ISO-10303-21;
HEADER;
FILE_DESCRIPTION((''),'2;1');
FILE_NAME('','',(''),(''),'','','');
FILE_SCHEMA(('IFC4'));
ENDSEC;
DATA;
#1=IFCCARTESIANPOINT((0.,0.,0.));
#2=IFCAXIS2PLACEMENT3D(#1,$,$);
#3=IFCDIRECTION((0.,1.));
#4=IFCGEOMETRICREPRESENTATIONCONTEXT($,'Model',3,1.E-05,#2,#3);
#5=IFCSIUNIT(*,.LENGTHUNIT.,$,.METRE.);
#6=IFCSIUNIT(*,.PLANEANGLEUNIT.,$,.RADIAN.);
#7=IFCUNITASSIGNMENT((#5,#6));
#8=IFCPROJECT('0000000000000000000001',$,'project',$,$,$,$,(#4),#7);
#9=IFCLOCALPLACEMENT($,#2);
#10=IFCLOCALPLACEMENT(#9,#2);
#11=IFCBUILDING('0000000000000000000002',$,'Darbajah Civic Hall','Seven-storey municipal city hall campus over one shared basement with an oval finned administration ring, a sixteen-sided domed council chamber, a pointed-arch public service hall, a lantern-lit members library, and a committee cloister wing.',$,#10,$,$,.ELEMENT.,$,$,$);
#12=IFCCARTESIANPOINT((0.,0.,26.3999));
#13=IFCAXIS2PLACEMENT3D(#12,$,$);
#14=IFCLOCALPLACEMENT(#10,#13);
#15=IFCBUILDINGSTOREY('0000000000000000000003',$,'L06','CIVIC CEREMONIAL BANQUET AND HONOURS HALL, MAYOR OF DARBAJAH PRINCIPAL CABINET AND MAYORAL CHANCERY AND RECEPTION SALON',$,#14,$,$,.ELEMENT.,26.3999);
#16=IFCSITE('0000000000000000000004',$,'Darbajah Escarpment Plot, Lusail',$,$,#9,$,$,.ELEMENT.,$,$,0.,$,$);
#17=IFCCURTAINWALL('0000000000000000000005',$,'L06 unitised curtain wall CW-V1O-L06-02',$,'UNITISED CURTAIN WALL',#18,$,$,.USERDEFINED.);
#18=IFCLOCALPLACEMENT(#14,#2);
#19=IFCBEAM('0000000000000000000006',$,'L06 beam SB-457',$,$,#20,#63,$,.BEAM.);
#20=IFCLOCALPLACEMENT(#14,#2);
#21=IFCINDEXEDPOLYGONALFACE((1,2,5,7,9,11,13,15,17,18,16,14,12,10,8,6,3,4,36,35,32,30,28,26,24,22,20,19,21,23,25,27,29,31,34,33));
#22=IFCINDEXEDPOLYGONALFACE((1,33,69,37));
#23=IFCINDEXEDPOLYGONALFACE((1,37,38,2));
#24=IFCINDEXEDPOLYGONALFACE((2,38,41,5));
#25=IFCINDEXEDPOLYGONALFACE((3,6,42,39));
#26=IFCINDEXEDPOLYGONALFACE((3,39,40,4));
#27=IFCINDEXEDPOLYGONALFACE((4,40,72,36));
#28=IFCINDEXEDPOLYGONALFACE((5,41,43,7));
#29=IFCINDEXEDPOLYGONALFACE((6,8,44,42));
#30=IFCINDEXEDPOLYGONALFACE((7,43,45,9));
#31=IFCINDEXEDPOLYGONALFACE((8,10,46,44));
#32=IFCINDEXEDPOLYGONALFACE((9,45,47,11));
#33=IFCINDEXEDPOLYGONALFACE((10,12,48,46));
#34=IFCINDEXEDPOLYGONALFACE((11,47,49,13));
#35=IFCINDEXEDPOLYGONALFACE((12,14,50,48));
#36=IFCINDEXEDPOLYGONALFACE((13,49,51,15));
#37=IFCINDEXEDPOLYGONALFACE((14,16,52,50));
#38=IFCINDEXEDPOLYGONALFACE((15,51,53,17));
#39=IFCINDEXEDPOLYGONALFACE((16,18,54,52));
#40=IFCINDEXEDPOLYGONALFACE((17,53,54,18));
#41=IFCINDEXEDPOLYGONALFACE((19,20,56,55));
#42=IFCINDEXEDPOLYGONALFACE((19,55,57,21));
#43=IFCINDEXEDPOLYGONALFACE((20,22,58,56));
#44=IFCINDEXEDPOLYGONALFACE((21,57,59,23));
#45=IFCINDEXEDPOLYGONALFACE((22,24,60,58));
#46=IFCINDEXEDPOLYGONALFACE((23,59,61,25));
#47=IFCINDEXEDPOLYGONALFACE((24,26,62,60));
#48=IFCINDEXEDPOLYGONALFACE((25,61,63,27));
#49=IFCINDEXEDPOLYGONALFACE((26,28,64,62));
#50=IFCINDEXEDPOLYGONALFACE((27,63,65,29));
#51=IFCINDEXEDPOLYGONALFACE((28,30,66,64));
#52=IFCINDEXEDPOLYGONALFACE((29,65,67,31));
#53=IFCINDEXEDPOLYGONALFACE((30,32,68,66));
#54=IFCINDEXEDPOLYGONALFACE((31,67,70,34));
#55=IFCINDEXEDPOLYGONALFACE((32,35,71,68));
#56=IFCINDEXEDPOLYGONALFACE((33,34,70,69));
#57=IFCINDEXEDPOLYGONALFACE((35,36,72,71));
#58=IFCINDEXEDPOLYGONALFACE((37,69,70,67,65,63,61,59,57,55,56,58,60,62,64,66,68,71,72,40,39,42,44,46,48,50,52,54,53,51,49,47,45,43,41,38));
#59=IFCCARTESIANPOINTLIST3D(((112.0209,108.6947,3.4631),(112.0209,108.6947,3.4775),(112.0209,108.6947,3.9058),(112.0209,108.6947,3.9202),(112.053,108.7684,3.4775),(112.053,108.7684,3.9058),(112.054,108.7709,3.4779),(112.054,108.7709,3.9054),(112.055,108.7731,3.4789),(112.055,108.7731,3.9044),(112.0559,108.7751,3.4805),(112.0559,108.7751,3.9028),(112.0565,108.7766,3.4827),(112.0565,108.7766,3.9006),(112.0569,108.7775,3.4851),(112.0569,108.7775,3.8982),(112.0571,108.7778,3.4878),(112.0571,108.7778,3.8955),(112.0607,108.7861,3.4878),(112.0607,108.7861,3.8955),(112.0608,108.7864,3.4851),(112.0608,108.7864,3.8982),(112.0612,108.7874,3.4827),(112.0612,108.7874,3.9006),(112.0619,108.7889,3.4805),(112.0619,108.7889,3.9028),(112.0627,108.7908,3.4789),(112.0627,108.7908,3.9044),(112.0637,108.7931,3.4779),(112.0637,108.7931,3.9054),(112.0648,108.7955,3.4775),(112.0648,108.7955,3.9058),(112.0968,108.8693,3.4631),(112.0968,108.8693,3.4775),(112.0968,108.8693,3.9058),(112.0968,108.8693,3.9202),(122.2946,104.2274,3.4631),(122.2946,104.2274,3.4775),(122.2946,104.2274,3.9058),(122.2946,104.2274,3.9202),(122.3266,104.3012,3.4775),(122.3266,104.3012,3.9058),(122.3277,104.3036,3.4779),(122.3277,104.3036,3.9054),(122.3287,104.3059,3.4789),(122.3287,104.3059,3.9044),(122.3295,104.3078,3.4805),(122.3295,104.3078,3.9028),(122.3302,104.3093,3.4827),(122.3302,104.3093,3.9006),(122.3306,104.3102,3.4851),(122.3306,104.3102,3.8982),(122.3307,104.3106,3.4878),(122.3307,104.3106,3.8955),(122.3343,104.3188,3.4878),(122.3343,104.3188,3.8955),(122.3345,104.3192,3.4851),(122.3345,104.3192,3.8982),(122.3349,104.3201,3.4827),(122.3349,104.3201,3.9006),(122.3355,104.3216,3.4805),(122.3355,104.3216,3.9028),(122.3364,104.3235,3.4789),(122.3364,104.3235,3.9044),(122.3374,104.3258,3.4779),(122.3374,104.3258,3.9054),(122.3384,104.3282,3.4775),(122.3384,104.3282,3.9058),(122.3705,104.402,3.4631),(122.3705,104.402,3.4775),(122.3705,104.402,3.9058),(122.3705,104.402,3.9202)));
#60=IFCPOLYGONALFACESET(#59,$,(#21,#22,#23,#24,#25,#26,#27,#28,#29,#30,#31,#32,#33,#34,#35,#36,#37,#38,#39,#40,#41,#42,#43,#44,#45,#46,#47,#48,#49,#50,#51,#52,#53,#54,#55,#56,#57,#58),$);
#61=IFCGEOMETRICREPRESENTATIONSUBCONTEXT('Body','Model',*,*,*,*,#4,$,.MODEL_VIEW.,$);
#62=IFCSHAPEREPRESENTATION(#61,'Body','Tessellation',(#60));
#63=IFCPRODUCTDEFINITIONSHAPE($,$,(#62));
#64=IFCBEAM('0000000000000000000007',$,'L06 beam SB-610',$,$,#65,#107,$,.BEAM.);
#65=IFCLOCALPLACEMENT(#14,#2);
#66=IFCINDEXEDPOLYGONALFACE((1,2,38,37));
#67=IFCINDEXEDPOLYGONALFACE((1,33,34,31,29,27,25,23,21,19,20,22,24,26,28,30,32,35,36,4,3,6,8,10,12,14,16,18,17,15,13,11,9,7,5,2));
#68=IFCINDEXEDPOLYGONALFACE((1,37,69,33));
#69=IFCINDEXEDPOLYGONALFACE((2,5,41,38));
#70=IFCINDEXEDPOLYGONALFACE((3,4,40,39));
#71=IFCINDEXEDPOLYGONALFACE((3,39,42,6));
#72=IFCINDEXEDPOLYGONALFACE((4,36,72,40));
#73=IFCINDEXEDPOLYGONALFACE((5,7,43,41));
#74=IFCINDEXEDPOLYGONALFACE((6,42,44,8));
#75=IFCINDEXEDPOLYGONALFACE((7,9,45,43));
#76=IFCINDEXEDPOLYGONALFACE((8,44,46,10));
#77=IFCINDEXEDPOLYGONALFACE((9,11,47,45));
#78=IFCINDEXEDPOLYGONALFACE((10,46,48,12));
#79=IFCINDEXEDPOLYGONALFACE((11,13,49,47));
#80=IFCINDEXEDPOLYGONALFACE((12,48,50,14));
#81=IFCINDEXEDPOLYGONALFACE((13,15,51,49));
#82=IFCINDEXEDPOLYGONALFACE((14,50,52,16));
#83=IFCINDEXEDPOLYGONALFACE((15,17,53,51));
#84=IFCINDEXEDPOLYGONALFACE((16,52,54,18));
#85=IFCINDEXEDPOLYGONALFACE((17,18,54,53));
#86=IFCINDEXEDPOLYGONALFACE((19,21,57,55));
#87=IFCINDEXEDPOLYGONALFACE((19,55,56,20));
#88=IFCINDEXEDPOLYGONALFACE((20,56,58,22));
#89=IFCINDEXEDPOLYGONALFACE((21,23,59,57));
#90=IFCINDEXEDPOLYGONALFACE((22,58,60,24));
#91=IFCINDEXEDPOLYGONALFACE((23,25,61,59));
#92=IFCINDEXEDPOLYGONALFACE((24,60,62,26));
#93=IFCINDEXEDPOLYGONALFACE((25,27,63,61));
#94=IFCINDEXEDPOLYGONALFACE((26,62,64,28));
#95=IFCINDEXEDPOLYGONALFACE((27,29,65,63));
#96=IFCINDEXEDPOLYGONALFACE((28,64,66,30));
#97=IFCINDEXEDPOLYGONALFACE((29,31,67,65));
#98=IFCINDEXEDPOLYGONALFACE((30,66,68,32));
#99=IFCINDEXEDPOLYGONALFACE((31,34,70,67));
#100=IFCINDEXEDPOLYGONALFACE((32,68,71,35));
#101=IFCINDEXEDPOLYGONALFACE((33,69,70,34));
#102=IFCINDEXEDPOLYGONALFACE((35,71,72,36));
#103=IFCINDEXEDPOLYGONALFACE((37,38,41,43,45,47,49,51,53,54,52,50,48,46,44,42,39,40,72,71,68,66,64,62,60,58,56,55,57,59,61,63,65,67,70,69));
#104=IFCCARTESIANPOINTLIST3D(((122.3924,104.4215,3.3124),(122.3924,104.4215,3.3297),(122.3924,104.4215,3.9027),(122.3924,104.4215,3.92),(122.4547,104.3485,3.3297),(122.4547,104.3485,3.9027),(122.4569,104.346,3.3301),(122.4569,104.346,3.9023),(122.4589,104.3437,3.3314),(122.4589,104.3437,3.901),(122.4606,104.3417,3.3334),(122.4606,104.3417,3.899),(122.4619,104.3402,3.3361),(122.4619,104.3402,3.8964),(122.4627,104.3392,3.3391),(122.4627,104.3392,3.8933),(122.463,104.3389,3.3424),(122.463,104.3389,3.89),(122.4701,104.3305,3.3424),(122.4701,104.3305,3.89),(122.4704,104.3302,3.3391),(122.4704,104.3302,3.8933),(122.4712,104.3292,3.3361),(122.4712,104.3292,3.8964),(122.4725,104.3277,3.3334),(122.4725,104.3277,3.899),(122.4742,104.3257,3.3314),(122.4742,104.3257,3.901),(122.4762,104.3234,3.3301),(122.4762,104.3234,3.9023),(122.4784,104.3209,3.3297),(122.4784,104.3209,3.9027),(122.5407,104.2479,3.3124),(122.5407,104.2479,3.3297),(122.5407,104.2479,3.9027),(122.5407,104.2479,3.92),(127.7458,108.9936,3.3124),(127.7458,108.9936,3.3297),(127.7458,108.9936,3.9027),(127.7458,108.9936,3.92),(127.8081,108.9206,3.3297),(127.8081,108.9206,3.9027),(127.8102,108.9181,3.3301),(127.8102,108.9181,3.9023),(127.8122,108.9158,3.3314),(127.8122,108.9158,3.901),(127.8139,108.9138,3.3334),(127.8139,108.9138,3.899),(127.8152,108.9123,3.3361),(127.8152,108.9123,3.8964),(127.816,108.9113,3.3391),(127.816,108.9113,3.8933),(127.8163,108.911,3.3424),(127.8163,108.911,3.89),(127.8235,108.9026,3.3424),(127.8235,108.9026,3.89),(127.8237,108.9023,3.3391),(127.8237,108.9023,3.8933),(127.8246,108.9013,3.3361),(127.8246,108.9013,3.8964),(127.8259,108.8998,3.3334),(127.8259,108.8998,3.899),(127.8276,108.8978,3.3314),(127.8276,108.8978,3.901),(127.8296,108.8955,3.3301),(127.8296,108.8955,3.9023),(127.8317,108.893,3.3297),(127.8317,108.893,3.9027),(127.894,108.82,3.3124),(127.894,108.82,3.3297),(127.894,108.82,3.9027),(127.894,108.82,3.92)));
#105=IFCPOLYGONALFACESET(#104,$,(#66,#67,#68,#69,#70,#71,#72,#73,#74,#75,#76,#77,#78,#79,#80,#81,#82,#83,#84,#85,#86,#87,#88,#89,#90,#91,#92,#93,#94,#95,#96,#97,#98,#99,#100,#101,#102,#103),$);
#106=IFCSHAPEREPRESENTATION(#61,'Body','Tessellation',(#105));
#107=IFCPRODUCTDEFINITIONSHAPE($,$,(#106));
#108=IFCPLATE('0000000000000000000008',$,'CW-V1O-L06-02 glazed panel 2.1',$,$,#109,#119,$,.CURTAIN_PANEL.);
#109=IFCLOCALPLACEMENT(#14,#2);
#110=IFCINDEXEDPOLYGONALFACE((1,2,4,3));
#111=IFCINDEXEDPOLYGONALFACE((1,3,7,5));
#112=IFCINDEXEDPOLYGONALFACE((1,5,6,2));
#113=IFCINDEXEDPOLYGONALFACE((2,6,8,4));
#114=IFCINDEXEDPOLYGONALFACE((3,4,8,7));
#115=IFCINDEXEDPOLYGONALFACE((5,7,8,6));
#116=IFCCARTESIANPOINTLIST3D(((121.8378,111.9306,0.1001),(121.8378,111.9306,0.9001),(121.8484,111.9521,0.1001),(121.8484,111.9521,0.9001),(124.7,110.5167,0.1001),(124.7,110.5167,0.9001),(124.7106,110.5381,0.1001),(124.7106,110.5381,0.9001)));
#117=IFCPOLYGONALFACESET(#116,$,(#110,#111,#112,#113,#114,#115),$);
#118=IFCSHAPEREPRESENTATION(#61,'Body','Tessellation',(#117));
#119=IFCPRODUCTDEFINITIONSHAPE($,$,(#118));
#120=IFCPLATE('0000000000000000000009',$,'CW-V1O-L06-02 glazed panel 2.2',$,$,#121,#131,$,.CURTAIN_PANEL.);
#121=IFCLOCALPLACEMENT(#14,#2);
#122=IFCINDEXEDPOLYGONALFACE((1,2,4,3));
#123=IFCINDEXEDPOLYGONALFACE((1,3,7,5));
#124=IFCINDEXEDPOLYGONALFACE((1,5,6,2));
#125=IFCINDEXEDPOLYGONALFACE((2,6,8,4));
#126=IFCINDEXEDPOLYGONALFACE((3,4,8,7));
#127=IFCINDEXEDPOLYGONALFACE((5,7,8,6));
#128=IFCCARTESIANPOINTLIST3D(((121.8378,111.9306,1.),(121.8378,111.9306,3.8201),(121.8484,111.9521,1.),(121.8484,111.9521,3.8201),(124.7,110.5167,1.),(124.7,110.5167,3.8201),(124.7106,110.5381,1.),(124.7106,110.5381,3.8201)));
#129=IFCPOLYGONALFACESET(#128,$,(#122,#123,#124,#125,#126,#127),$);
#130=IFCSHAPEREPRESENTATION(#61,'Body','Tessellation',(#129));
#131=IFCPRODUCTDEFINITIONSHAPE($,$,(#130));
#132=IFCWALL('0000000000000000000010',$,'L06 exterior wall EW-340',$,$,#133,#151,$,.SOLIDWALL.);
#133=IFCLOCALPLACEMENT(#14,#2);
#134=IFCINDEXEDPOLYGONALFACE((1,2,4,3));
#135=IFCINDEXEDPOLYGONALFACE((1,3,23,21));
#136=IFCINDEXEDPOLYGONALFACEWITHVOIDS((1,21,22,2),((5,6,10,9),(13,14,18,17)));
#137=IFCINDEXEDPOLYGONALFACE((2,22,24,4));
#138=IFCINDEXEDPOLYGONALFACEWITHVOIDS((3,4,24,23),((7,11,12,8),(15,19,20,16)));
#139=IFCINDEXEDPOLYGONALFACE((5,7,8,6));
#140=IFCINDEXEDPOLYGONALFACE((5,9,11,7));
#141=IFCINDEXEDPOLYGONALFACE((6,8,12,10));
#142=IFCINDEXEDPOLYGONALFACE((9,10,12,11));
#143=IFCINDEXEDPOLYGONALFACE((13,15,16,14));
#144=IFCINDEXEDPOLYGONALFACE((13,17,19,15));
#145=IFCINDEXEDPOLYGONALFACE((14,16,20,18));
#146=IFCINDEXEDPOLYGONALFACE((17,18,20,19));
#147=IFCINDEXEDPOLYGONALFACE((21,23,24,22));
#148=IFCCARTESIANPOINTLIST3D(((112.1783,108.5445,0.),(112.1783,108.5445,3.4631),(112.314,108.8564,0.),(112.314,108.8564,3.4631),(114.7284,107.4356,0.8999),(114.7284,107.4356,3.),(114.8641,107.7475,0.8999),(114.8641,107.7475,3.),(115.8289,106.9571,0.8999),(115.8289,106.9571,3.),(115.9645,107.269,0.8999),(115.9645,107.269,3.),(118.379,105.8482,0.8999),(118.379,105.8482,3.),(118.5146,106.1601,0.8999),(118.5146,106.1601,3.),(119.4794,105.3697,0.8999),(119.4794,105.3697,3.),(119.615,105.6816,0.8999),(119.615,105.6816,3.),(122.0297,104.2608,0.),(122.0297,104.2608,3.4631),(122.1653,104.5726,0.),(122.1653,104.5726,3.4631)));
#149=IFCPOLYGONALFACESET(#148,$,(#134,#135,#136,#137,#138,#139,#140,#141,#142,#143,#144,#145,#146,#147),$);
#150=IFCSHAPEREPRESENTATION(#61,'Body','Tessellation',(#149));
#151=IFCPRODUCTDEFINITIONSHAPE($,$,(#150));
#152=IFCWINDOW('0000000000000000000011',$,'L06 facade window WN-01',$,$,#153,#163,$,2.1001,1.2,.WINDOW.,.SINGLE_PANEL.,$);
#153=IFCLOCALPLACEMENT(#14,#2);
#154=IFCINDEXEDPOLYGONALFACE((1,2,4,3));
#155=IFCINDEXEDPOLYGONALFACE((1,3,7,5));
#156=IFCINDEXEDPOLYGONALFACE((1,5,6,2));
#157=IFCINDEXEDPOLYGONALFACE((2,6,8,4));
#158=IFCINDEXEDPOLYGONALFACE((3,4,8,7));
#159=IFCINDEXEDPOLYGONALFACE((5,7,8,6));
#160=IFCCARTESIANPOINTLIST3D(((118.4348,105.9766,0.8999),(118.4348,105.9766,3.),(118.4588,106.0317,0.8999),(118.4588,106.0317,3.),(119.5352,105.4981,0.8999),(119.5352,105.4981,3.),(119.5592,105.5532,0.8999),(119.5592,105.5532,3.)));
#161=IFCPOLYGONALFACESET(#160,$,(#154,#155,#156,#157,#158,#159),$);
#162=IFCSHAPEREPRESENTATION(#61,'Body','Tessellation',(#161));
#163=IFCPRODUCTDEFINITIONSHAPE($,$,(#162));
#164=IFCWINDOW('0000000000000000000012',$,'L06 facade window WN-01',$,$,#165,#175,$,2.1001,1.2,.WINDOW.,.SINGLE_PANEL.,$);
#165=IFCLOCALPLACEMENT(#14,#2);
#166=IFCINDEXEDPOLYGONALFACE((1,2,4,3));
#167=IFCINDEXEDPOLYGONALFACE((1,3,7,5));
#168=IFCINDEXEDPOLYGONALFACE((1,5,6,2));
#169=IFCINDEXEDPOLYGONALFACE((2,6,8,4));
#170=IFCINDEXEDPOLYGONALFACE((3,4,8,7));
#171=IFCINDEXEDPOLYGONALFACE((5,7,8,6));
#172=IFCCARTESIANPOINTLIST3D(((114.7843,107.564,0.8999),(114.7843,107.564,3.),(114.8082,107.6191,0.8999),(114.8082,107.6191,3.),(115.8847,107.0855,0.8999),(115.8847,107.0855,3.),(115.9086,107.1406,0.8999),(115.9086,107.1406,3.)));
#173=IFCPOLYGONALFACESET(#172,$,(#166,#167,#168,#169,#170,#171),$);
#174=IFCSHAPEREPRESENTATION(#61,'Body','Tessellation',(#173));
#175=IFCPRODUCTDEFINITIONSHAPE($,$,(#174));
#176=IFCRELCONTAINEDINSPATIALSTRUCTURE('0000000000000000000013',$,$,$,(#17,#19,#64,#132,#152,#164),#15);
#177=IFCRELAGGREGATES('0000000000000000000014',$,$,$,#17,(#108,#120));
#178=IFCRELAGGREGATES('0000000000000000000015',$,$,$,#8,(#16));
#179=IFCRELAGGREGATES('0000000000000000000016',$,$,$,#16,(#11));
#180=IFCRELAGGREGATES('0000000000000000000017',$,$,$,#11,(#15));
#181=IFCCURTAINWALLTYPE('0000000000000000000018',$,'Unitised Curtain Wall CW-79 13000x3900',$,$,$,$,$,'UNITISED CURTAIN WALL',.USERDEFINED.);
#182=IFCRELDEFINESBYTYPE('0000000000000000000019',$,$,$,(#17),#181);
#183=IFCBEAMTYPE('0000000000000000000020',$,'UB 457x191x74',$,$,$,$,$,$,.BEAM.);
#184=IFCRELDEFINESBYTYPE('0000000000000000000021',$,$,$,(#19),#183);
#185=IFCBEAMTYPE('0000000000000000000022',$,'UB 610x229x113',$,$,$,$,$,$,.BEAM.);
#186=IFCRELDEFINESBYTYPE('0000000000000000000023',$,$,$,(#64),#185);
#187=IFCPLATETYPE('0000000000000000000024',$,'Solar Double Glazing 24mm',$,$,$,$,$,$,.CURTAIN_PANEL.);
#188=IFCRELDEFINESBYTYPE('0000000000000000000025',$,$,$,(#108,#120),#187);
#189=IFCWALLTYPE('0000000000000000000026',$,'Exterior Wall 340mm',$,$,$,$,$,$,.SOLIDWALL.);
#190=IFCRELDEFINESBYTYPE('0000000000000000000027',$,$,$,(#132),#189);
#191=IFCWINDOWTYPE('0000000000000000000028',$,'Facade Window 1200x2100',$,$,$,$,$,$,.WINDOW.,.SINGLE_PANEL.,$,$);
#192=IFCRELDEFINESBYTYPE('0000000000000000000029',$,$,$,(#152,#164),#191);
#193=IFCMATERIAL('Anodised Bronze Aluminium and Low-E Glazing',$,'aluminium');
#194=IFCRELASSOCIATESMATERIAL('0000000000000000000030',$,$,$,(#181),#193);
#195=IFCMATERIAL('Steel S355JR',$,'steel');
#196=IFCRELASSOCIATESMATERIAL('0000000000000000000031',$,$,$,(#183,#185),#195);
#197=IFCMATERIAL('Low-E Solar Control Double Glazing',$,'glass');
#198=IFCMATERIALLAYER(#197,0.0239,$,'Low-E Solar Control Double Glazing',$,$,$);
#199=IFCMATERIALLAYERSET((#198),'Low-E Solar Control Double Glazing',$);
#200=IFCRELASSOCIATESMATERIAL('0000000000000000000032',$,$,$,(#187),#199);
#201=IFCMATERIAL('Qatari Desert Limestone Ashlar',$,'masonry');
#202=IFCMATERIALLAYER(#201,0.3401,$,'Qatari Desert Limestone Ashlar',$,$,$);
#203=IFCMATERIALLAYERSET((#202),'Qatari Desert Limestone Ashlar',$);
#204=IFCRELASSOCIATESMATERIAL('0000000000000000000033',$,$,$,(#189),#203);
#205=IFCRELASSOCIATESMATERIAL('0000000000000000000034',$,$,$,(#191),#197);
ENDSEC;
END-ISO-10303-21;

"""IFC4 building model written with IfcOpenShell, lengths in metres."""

from ifc_helpers import new_model, si_unit, direction, frame, frame_2d, origin, origin_2d, place, context, subcontext, project, spatial, rectangle, i_section, extrude, material, layer, layer_set, material_profile, profile_set, type_object, element, fill, aggregate, save


model = new_model("IFC4")

# Units and contexts
model_context = context("Model", 3, precision=1e-05, world=origin(), true_north=direction((0.0, 1.0)))
body_context = subcontext(model_context, "Body", "Model", "MODEL_VIEW")
ifc_project = project(units=[si_unit("LENGTHUNIT", "METRE"), si_unit("PLANEANGLEUNIT", "RADIAN")], contexts=[model_context])

# Site, building, storey
site_placement = place(None, origin())
site = spatial("IfcSite", under=ifc_project, at=site_placement, Name="Darbajah Escarpment Plot, Lusail", CompositionType="ELEMENT", RefElevation=0.0)
building_placement = place(site_placement, origin())
building = spatial("IfcBuilding", under=site, at=building_placement, Name="Darbajah Civic Hall", Description="Seven-storey municipal city hall campus over one shared basement with an oval finned administration ring, a sixteen-sided domed council chamber, a pointed-arch public service hall, a lantern-lit members library, and a committee cloister wing.", CompositionType="ELEMENT")
storey_placement = place(building_placement, frame((0.0, 0.0, 26.3999)))
storey = spatial("IfcBuildingStorey", under=building, at=storey_placement, Name="L06", Description="CIVIC CEREMONIAL BANQUET AND HONOURS HALL, MAYOR OF DARBAJAH PRINCIPAL CABINET AND MAYORAL CHANCERY AND RECEPTION SALON", CompositionType="ELEMENT", Elevation=26.3999)

# Curtain wall
ifc_material_1 = material(Name="Anodised Bronze Aluminium and Low-E Glazing", Category="aluminium")
curtain_wall_type = type_object("IfcCurtainWallType", Name="Unitised Curtain Wall CW-79 13000x3900", ElementType="UNITISED CURTAIN WALL", PredefinedType="USERDEFINED", material=ifc_material_1)
curtain_wall_placement = place(storey_placement, origin())
curtain_wall = element("IfcCurtainWall", 1, at=curtain_wall_placement, inside=storey, type_object=curtain_wall_type, Name="L06 unitised curtain wall CW-V1O-L06-02", ObjectType="UNITISED CURTAIN WALL", PredefinedType="USERDEFINED")

# Beams
ifc_material_2 = material(Name="Steel S355JR", Category="steel")
ifc_material_profile_1 = material_profile(ifc_material_2, i_section(OverallWidth=0.1904, OverallDepth=0.457, WebThickness=0.009, FlangeThickness=0.0144, FilletRadius=0.0103, at=origin_2d()), Name="UB 457x191x74")
ifc_profile_set_1 = profile_set([ifc_material_profile_1], Name="Steel S355JR")
beam_type_1 = type_object("IfcBeamType", Name="UB 457x191x74", PredefinedType="BEAM", material=ifc_profile_set_1)
beam_1_placement = place(storey_placement, frame((122.3325, 104.3147, 3.6917), z_axis=(-0.917055, 0.398761, 0.0), x_axis=(-0.398761, -0.917055, 0.0)))
element("IfcBeam", 2, at=beam_1_placement, inside=storey, type_object=beam_type_1, Name="L06 beam SB-457", PredefinedType="BEAM", context=body_context, shape_type="SweptSolid", body=[
    extrude(i_section(OverallWidth=0.1904, OverallDepth=0.457, WebThickness=0.009, FlangeThickness=0.0144, FilletRadius=0.0103, at=origin_2d()), origin(), (0.0, 0.0, 1.0), 11.2029),
])
ifc_material_profile_2 = material_profile(ifc_material_2, i_section(OverallWidth=0.2283, OverallDepth=0.6077, WebThickness=0.011, FlangeThickness=0.0173, FilletRadius=0.0127, at=origin_2d()), Name="UB 610x229x113")
ifc_profile_set_2 = profile_set([ifc_material_profile_2], Name="Steel S355JR")
beam_type_2 = type_object("IfcBeamType", Name="UB 610x229x113", PredefinedType="BEAM", material=ifc_profile_set_2)
beam_2_placement = place(storey_placement, frame((122.4666, 104.3347, 3.6162), z_axis=(0.760413, 0.649439, 0.0), x_axis=(-0.649439, 0.760413, 0.0)))
element("IfcBeam", 3, at=beam_2_placement, inside=storey, type_object=beam_type_2, Name="L06 beam SB-610", PredefinedType="BEAM", context=body_context, shape_type="SweptSolid", body=[
    extrude(i_section(OverallWidth=0.2283, OverallDepth=0.6077, WebThickness=0.011, FlangeThickness=0.0173, FilletRadius=0.0127, at=origin_2d()), origin(), (0.0, 0.0, 1.0), 7.04),
])

# Plates
ifc_material_3 = material(Name="Low-E Solar Control Double Glazing", Category="glass")
ifc_layer_1 = layer(ifc_material_3, 0.0239, Name="Low-E Solar Control Double Glazing")
ifc_layer_set_1 = layer_set([ifc_layer_1], Name="Low-E Solar Control Double Glazing")
plate_type = type_object("IfcPlateType", Name="Solar Double Glazing 24mm", PredefinedType="CURTAIN_PANEL", material=ifc_layer_set_1)
plate_1_placement = place(storey_placement, frame((123.2742, 111.2344, 0.1001), z_axis=(0.0, 0.0, 1.0), x_axis=(-0.896564, 0.442915, 0.0)))
plate_1 = element("IfcPlate", 4, at=plate_1_placement, type_object=plate_type, Name="CW-V1O-L06-02 glazed panel 2.1", PredefinedType="CURTAIN_PANEL", context=body_context, shape_type="SweptSolid", body=[
    extrude(rectangle(XDim=3.1924, YDim=0.0239, at=origin_2d()), origin(), (0.0, 0.0, 1.0), 0.8),
])
plate_2_placement = place(storey_placement, frame((123.2742, 111.2344, 1.0), z_axis=(0.0, 0.0, 1.0), x_axis=(-0.896564, 0.442915, 0.0)))
plate_2 = element("IfcPlate", 5, at=plate_2_placement, type_object=plate_type, Name="CW-V1O-L06-02 glazed panel 2.2", PredefinedType="CURTAIN_PANEL", context=body_context, shape_type="SweptSolid", body=[
    extrude(rectangle(XDim=3.1924, YDim=0.0239, at=origin_2d()), origin(), (0.0, 0.0, 1.0), 2.8201),
])
aggregate(curtain_wall, [plate_1, plate_2])

# Wall, openings, windows
ifc_material_4 = material(Name="Qatari Desert Limestone Ashlar", Category="masonry")
ifc_layer_2 = layer(ifc_material_4, 0.3401, Name="Qatari Desert Limestone Ashlar")
ifc_layer_set_2 = layer_set([ifc_layer_2], Name="Qatari Desert Limestone Ashlar")
wall_type_1 = type_object("IfcWallType", Name="Exterior Wall 340mm", PredefinedType="SOLIDWALL", material=ifc_layer_set_2)
wall_1_placement = place(storey_placement, frame((122.0974, 104.4167, 0.0), z_axis=(0.0, 0.0, 1.0), x_axis=(-0.917053, 0.398766, 0.0)))
wall_1 = element("IfcWall", 6, at=wall_1_placement, inside=storey, type_object=wall_type_1, Name="L06 exterior wall EW-340", PredefinedType="SOLIDWALL", context=body_context, shape_type="SweptSolid", body=[
    extrude(rectangle(XDim=10.7424, YDim=0.3401, at=frame_2d((5.3711, 0.0))), origin(), (0.0, 0.0, 1.0), 3.4631),
])
opening_1_placement = place(wall_1_placement, frame((2.7808, 0.0, 0.8999)))
opening_1 = element("IfcOpeningElement", 7, at=opening_1_placement, cuts=wall_1, PredefinedType="OPENING", context=body_context, shape_type="SweptSolid", body=[
    extrude(rectangle(XDim=1.2, YDim=2.1001, at=frame_2d((0.6001, 1.05))), frame((0.0, 0.1799, 0.0), z_axis=(0.0, -1.0, 0.0), x_axis=(1.0, 0.0, 0.0)), (0.0, 0.0, 1.0), 0.3601),
])
opening_2_placement = place(wall_1_placement, frame((6.7615, 0.0, 0.8999)))
opening_2 = element("IfcOpeningElement", 8, at=opening_2_placement, cuts=wall_1, PredefinedType="OPENING", context=body_context, shape_type="SweptSolid", body=[
    extrude(rectangle(XDim=1.2, YDim=2.1001, at=frame_2d((0.6001, 1.05))), frame((0.0, 0.1799, 0.0), z_axis=(0.0, -1.0, 0.0), x_axis=(1.0, 0.0, 0.0)), (0.0, 0.0, 1.0), 0.3601),
])
window_type = type_object("IfcWindowType", Name="Facade Window 1200x2100", PartitioningType="SINGLE_PANEL", PredefinedType="WINDOW", material=ifc_material_3)
window_1_placement = place(opening_1_placement, origin())
window_1 = element("IfcWindow", 9, at=window_1_placement, inside=storey, type_object=window_type, Name="L06 facade window WN-01", OverallHeight=2.1001, OverallWidth=1.2, PartitioningType="SINGLE_PANEL", PredefinedType="WINDOW", context=body_context, shape_type="SweptSolid", body=[
    extrude(rectangle(XDim=1.2, YDim=2.1001, at=frame_2d((0.6001, 1.05))), frame((0.0, 0.03, 0.0), z_axis=(0.0, -1.0, 0.0), x_axis=(1.0, 0.0, 0.0)), (0.0, 0.0, 1.0), 0.0601),
])
fill(opening_1, window_1)
window_2_placement = place(opening_2_placement, origin())
window_2 = element("IfcWindow", 10, at=window_2_placement, inside=storey, type_object=window_type, Name="L06 facade window WN-01", OverallHeight=2.1001, OverallWidth=1.2, PartitioningType="SINGLE_PANEL", PredefinedType="WINDOW", context=body_context, shape_type="SweptSolid", body=[
    extrude(rectangle(XDim=1.2, YDim=2.1001, at=frame_2d((0.6001, 1.05))), frame((0.0, 0.03, 0.0), z_axis=(0.0, -1.0, 0.0), x_axis=(1.0, 0.0, 0.0)), (0.0, 0.0, 1.0), 0.0601),
])
fill(opening_2, window_2)

save(model, "model.ifc")
